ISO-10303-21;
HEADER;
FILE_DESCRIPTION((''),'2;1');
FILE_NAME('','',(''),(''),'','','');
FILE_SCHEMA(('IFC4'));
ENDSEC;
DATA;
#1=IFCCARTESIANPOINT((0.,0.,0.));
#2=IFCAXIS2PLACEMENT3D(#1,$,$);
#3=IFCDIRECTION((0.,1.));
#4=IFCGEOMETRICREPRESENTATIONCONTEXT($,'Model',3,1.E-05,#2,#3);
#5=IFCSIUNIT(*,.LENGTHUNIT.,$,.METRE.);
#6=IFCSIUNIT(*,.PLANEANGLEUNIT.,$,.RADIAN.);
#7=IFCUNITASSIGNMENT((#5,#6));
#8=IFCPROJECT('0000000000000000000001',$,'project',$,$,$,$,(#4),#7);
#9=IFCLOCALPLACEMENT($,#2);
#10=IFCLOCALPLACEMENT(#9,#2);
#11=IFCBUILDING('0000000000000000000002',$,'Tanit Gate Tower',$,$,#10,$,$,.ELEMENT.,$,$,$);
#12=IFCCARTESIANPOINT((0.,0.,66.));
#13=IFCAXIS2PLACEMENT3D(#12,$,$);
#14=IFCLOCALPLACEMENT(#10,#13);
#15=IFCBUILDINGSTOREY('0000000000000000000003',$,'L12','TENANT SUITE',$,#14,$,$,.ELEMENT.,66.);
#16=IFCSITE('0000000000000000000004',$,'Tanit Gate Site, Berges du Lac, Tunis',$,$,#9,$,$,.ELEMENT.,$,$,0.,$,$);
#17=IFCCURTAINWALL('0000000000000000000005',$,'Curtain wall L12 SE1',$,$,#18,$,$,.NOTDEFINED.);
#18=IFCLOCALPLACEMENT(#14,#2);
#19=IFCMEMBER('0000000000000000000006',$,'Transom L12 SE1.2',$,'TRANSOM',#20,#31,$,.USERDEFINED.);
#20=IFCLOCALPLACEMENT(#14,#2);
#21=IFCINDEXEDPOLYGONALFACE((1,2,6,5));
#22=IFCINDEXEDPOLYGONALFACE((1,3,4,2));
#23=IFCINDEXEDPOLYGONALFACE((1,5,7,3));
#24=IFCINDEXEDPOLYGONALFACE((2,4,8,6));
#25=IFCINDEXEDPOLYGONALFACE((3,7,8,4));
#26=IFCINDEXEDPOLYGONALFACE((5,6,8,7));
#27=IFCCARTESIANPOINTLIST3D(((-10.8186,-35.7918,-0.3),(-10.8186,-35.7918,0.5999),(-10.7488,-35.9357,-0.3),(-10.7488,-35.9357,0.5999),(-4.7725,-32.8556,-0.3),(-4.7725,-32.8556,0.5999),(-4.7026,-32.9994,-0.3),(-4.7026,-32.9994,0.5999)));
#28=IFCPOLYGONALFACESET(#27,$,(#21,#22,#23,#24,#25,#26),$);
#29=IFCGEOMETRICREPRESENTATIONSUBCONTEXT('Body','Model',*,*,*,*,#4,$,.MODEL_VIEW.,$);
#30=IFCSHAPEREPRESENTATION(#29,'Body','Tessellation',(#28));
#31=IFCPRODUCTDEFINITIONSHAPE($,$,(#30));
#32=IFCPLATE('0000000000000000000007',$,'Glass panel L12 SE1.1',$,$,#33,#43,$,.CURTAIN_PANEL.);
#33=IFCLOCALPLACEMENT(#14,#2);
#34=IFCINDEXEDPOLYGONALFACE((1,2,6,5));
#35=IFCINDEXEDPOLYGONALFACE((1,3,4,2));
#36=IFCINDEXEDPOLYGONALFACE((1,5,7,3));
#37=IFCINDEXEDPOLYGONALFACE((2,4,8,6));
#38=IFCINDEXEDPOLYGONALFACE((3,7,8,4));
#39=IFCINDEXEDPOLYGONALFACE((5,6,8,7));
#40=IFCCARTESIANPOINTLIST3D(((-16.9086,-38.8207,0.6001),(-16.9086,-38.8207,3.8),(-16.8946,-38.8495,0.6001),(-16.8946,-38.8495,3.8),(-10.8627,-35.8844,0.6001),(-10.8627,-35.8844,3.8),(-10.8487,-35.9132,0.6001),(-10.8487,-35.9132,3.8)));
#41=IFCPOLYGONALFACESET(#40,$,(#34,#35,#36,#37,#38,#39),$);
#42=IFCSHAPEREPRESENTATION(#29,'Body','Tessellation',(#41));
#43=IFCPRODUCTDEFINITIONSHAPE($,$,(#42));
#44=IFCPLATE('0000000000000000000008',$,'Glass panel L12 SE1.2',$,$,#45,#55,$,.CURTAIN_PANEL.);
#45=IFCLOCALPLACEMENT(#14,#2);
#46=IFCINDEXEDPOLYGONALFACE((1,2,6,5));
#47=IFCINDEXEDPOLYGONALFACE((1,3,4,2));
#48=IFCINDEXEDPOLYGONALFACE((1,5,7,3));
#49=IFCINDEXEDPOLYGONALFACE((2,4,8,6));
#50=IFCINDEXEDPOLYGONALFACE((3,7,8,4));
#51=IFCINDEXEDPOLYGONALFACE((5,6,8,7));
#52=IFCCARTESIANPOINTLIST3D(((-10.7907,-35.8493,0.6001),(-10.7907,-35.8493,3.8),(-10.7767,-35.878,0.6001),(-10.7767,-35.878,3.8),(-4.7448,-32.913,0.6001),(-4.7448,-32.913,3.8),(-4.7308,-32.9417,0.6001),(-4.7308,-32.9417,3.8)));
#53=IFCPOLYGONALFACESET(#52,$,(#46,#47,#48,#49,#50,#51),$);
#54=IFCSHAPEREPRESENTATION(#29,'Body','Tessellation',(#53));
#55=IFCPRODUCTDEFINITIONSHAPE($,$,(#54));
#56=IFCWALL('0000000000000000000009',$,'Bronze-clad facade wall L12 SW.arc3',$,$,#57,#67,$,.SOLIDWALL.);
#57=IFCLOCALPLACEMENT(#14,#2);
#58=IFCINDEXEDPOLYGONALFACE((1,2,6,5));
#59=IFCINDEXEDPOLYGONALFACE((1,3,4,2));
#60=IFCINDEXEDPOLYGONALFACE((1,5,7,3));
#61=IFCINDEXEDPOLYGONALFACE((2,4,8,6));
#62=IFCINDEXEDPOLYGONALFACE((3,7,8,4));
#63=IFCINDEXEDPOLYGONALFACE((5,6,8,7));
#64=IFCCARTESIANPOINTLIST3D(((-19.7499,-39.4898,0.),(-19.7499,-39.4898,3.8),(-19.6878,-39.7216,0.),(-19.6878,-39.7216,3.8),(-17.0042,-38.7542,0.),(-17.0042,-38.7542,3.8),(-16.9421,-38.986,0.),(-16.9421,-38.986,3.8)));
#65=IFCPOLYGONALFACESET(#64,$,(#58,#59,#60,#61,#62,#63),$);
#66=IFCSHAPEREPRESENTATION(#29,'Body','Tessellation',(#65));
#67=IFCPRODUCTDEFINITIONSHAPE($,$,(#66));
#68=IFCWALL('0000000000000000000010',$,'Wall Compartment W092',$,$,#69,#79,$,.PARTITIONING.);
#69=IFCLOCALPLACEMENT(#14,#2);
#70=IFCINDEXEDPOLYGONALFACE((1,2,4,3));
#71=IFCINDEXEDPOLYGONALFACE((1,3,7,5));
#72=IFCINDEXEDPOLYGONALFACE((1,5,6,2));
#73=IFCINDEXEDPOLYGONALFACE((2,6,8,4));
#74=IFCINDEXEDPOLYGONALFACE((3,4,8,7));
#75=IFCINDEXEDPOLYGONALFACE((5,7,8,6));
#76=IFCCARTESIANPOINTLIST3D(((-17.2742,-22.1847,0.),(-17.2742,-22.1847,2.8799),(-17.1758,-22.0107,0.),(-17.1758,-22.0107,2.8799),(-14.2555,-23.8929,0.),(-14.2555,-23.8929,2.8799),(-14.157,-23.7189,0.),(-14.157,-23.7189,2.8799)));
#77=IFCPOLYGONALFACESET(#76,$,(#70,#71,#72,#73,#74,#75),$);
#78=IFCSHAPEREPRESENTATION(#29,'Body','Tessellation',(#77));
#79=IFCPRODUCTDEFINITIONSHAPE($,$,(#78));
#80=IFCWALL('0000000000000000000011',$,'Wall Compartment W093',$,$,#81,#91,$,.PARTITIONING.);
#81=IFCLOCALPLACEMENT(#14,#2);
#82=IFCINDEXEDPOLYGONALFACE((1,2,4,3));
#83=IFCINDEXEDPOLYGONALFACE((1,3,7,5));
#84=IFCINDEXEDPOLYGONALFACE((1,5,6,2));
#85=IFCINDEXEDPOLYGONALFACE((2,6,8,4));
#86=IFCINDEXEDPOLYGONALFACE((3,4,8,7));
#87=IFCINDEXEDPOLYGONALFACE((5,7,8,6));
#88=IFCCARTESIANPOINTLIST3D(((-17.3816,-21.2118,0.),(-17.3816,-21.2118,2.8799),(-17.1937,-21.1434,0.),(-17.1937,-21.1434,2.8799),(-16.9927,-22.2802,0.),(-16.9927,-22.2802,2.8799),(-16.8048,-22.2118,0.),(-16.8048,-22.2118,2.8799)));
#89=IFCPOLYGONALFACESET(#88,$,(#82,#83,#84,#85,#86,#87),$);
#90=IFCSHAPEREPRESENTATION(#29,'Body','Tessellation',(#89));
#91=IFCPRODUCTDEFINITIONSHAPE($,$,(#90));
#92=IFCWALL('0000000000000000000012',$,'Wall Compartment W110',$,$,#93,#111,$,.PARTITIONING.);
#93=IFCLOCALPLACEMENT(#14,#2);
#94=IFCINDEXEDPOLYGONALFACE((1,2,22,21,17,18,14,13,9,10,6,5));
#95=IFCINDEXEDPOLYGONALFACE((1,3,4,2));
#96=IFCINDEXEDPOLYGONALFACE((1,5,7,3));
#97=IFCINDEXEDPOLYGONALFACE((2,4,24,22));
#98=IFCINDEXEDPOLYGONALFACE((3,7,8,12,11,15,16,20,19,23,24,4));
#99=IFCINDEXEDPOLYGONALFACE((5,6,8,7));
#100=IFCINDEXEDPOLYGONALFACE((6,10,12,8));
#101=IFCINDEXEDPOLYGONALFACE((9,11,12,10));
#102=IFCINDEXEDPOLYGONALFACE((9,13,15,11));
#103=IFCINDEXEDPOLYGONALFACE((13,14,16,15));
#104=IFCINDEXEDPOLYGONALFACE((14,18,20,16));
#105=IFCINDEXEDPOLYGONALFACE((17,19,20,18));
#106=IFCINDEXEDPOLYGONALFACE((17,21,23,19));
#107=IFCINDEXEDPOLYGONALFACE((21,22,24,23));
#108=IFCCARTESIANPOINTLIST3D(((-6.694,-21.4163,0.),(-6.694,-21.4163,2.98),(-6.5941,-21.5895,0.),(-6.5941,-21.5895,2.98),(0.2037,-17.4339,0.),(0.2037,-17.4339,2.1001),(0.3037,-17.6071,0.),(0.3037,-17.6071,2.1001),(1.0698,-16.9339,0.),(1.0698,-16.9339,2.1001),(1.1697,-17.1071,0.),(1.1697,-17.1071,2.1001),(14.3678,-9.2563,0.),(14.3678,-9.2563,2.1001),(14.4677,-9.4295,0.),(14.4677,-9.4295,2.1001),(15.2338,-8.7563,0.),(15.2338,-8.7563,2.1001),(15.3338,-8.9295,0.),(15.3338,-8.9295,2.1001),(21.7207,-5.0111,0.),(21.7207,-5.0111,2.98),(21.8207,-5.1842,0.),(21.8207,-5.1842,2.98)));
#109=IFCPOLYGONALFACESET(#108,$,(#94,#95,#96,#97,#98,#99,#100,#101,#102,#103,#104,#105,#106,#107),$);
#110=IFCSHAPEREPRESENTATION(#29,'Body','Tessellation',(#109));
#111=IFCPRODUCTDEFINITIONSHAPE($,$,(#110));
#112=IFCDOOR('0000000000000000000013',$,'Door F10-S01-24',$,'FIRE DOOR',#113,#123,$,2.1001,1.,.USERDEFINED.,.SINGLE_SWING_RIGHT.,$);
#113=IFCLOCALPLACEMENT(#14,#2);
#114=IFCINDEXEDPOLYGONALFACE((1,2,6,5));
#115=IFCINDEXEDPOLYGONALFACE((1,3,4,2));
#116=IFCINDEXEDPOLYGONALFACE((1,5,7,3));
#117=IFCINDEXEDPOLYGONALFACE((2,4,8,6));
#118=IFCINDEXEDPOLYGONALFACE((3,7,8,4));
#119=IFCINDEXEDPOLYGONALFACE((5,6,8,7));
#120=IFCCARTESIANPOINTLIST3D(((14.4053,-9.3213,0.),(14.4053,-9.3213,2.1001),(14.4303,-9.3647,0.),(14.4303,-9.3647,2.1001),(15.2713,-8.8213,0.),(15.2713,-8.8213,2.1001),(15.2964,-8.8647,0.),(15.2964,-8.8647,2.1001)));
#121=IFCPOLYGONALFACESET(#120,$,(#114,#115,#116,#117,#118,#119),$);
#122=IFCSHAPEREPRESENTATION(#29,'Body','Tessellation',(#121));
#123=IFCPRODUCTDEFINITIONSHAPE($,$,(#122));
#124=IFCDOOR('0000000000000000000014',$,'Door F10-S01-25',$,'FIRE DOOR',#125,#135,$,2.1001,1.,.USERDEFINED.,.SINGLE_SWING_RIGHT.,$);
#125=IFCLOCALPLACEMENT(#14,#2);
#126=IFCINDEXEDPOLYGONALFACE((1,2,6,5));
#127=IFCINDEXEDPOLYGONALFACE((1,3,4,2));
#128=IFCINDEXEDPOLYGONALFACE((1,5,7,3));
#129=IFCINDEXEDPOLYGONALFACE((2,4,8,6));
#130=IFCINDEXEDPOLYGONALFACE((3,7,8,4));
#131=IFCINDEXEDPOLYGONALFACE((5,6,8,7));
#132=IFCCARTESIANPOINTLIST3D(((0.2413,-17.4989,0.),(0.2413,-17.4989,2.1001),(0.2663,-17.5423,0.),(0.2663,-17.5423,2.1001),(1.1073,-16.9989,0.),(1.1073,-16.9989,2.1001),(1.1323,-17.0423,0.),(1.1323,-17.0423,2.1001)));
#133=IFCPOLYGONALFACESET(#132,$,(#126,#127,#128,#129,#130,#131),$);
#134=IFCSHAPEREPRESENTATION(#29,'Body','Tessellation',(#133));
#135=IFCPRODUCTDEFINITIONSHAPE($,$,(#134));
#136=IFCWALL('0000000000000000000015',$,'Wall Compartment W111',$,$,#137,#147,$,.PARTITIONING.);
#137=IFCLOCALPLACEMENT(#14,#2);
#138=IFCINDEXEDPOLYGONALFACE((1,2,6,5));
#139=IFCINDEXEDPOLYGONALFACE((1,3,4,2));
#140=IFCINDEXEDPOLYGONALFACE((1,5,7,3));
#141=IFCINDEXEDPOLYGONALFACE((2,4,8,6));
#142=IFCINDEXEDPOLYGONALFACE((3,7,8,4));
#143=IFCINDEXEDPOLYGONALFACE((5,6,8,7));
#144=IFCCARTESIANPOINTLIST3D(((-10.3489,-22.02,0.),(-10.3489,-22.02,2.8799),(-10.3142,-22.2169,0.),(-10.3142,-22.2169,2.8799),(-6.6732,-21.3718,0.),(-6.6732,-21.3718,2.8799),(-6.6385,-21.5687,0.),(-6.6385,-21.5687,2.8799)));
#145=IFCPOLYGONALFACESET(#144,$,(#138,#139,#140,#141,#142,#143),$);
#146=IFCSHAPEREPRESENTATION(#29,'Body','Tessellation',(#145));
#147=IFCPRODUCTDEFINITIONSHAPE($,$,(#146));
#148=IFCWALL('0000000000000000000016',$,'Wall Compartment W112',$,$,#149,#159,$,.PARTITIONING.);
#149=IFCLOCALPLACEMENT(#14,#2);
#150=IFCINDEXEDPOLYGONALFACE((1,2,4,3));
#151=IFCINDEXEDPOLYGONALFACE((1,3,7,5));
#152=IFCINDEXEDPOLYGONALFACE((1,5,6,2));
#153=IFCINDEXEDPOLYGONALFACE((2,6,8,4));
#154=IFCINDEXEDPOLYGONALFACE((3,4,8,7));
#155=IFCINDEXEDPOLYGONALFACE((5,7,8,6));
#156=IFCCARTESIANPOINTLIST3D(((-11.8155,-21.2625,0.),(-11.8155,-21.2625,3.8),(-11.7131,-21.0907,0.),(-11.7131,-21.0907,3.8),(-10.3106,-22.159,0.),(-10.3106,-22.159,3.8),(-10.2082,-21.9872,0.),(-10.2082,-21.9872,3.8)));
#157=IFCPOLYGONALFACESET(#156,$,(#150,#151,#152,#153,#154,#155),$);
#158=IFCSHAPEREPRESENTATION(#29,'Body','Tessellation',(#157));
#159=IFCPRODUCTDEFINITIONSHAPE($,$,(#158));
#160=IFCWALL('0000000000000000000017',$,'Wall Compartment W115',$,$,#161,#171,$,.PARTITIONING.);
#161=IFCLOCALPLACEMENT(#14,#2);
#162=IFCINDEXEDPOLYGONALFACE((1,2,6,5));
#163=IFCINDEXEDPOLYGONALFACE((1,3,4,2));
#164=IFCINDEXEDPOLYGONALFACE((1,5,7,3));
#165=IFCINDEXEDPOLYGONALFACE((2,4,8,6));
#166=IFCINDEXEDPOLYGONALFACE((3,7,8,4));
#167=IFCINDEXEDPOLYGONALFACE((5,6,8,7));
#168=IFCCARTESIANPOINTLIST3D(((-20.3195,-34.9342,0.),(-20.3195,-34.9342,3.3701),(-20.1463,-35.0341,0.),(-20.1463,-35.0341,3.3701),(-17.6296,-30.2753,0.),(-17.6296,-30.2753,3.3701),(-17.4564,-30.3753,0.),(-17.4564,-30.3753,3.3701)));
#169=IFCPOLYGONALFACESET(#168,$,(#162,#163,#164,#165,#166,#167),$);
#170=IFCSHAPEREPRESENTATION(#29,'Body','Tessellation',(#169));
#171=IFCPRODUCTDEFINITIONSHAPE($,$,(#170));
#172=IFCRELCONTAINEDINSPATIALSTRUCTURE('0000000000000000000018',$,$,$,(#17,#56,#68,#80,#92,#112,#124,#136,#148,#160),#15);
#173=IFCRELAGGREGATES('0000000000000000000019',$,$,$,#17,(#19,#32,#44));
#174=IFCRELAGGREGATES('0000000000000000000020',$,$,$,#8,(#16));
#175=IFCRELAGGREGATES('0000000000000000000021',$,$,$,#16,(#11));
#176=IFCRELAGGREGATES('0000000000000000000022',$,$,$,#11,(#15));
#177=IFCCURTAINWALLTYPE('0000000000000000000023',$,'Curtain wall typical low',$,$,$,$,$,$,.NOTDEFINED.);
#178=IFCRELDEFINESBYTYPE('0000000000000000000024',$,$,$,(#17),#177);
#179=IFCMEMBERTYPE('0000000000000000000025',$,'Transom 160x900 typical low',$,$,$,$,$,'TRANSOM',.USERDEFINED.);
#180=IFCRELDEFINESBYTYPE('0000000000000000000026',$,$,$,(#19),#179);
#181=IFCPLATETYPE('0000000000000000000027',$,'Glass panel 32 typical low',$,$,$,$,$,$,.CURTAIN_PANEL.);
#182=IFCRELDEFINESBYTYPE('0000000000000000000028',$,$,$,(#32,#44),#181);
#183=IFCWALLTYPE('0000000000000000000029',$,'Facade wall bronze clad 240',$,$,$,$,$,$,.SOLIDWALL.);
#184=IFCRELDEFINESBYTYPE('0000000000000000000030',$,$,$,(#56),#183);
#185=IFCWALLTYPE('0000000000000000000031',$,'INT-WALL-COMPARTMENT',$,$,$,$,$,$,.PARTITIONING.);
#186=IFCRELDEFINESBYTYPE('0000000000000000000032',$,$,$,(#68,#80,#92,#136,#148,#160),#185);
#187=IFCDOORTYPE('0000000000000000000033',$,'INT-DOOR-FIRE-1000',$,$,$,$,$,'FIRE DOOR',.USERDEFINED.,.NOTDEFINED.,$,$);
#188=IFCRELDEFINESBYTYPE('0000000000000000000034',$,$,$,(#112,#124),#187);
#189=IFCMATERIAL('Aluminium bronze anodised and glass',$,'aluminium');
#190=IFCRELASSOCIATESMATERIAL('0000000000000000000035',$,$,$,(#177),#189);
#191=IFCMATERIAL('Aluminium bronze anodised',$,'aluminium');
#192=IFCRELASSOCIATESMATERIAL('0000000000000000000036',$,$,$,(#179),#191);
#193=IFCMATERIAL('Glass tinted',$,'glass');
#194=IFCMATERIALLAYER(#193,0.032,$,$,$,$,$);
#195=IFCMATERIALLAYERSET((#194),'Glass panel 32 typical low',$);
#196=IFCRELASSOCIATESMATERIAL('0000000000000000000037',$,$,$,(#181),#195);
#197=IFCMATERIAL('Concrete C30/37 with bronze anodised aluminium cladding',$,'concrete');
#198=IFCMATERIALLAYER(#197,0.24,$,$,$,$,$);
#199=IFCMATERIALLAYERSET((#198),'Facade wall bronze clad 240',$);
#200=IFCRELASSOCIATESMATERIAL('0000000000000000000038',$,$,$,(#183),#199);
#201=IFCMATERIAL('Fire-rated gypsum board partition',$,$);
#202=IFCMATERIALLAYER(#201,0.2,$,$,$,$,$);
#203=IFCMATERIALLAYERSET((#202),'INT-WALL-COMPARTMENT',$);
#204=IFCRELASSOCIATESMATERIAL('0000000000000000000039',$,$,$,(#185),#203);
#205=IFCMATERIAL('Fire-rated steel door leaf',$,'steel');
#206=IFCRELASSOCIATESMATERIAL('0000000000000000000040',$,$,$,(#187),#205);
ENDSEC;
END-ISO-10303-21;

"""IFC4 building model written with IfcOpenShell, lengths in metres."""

from ifc_helpers import new_model, si_unit, direction, frame, frame_2d, origin, origin_2d, place, context, subcontext, project, spatial, rectangle, extrude, material, layer, layer_set, material_profile, profile_set, type_object, element, fill, aggregate, save


model = new_model("IFC4")

# Units and contexts
model_context = context("Model", 3, precision=1e-05, world=origin(), true_north=direction((0.0, 1.0)))
body_context = subcontext(model_context, "Body", "Model", "MODEL_VIEW")
ifc_project = project(units=[si_unit("LENGTHUNIT", "METRE"), si_unit("PLANEANGLEUNIT", "RADIAN")], contexts=[model_context])

# Site, building, storey
site_placement = place(None, origin())
site = spatial("IfcSite", under=ifc_project, at=site_placement, Name="Tanit Gate Site, Berges du Lac, Tunis", CompositionType="ELEMENT", RefElevation=0.0)
building_placement = place(site_placement, origin())
building = spatial("IfcBuilding", under=site, at=building_placement, Name="Tanit Gate Tower", CompositionType="ELEMENT")
storey_placement = place(building_placement, frame((0.0, 0.0, 66.0)))
storey = spatial("IfcBuildingStorey", under=building, at=storey_placement, Name="L12", Description="TENANT SUITE", CompositionType="ELEMENT", Elevation=66.0)

# Curtain wall
ifc_material_1 = material(Name="Aluminium bronze anodised and glass", Category="aluminium")
curtain_wall_type = type_object("IfcCurtainWallType", Name="Curtain wall typical low", PredefinedType="NOTDEFINED", material=ifc_material_1)
curtain_wall_placement = place(storey_placement, origin())
curtain_wall = element("IfcCurtainWall", 1, at=curtain_wall_placement, inside=storey, type_object=curtain_wall_type, Name="Curtain wall L12 SE1", PredefinedType="NOTDEFINED")

# Member
ifc_material_2 = material(Name="Aluminium bronze anodised", Category="aluminium")
ifc_material_profile_1 = material_profile(ifc_material_2, rectangle(XDim=0.1599, YDim=0.8999, at=origin_2d()), Name="160x900 bronze transom")
ifc_profile_set_1 = profile_set([ifc_material_profile_1], Name="Aluminium bronze anodised")
member_type_1 = type_object("IfcMemberType", Name="Transom 160x900 typical low", ElementType="TRANSOM", PredefinedType="USERDEFINED", material=ifc_profile_set_1)
member_1_placement = place(storey_placement, frame((-10.7837, -35.8638, 0.1499), z_axis=(0.899533, 0.436854, 0.0), x_axis=(-0.436854, 0.899533, 0.0)))
member_1 = element("IfcMember", 2, at=member_1_placement, type_object=member_type_1, Name="Transom L12 SE1.2", ObjectType="TRANSOM", PredefinedType="USERDEFINED", context=body_context, shape_type="SweptSolid", body=[
    extrude(rectangle(XDim=0.1599, YDim=0.8999, at=origin_2d()), origin(), (0.0, 0.0, 1.0), 6.7214),
])

# Plates
ifc_material_3 = material(Name="Glass tinted", Category="glass")
ifc_layer_1 = layer(ifc_material_3, 0.032)
ifc_layer_set_1 = layer_set([ifc_layer_1], Name="Glass panel 32 typical low")
plate_type = type_object("IfcPlateType", Name="Glass panel 32 typical low", PredefinedType="CURTAIN_PANEL", material=ifc_layer_set_1)
plate_1_placement = place(storey_placement, frame((-13.8787, -37.3669, 0.6001), z_axis=(0.0, 0.0, 1.0), x_axis=(0.899523, 0.436873, 0.0)))
plate_1 = element("IfcPlate", 3, at=plate_1_placement, type_object=plate_type, Name="Glass panel L12 SE1.1", PredefinedType="CURTAIN_PANEL", context=body_context, shape_type="SweptSolid", body=[
    extrude(rectangle(XDim=6.7212, YDim=0.032, at=origin_2d()), origin(), (0.0, 0.0, 1.0), 3.2),
])
plate_2_placement = place(storey_placement, frame((-7.7607, -34.3955, 0.6001), z_axis=(0.0, 0.0, 1.0), x_axis=(0.899523, 0.436873, 0.0)))
plate_2 = element("IfcPlate", 4, at=plate_2_placement, type_object=plate_type, Name="Glass panel L12 SE1.2", PredefinedType="CURTAIN_PANEL", context=body_context, shape_type="SweptSolid", body=[
    extrude(rectangle(XDim=6.7212, YDim=0.032, at=origin_2d()), origin(), (0.0, 0.0, 1.0), 3.2),
])
aggregate(curtain_wall, [member_1, plate_1, plate_2])

# Walls
ifc_material_4 = material(Name="Concrete C30/37 with bronze anodised aluminium cladding", Category="concrete")
ifc_layer_2 = layer(ifc_material_4, 0.24)
ifc_layer_set_2 = layer_set([ifc_layer_2], Name="Facade wall bronze clad 240")
wall_type_1 = type_object("IfcWallType", Name="Facade wall bronze clad 240", PredefinedType="SOLIDWALL", material=ifc_layer_set_2)
wall_1_placement = place(storey_placement, frame((-19.719, -39.6057, 0.0), z_axis=(0.0, 0.0, 1.0), x_axis=(0.965933, 0.25879, 0.0)))
element("IfcWall", 5, at=wall_1_placement, inside=storey, type_object=wall_type_1, Name="Bronze-clad facade wall L12 SW.arc3", PredefinedType="SOLIDWALL", context=body_context, shape_type="SweptSolid", body=[
    extrude(rectangle(XDim=2.8425, YDim=0.24, at=frame_2d((1.4214, 0.0))), origin(), (0.0, 0.0, 1.0), 3.8),
])
ifc_material_5 = material(Name="Fire-rated gypsum board partition")
ifc_layer_3 = layer(ifc_material_5, 0.2)
ifc_layer_set_3 = layer_set([ifc_layer_3], Name="INT-WALL-COMPARTMENT")
wall_type_2 = type_object("IfcWallType", Name="INT-WALL-COMPARTMENT", PredefinedType="PARTITIONING", material=ifc_layer_set_3)
wall_2_placement = place(storey_placement, frame((-17.2251, -22.0977, 0.0), z_axis=(0.0, 0.0, 1.0), x_axis=(0.870319, -0.492489, 0.0)))
element("IfcWall", 6, at=wall_2_placement, inside=storey, type_object=wall_type_2, Name="Wall Compartment W092", PredefinedType="PARTITIONING", context=body_context, shape_type="SweptSolid", body=[
    extrude(rectangle(XDim=3.4685, YDim=0.2, at=frame_2d((1.7344, 0.0))), origin(), (0.0, 0.0, 1.0), 2.8799),
])
wall_3_placement = place(storey_placement, frame((-17.2876, -21.1777, 0.0), z_axis=(0.0, 0.0, 1.0), x_axis=(0.342071, -0.939674, 0.0)))
element("IfcWall", 7, at=wall_3_placement, inside=storey, type_object=wall_type_2, Name="Wall Compartment W093", PredefinedType="PARTITIONING", context=body_context, shape_type="SweptSolid", body=[
    extrude(rectangle(XDim=1.137, YDim=0.2, at=frame_2d((0.5684, 0.0))), origin(), (0.0, 0.0, 1.0), 2.8799),
])

# Wall, openings, doors
wall_4_placement = place(storey_placement, frame((-6.644, -21.5029, 0.0), z_axis=(0.0, 0.0, 1.0), x_axis=(0.866026, 0.5, 0.0)))
wall_4 = element("IfcWall", 8, at=wall_4_placement, inside=storey, type_object=wall_type_2, Name="Wall Compartment W110", PredefinedType="PARTITIONING", context=body_context, shape_type="SweptSolid", body=[
    extrude(rectangle(XDim=32.8105, YDim=0.2, at=frame_2d((16.4053, 0.0))), origin(), (0.0, 0.0, 1.0), 2.98),
])
opening_1_placement = place(wall_4_placement, frame((24.3201, 0.0, 0.0)))
opening_1 = element("IfcOpeningElement", 9, at=opening_1_placement, cuts=wall_4, PredefinedType="OPENING", context=body_context, shape_type="SweptSolid", body=[
    extrude(rectangle(XDim=1.0, YDim=2.1001, at=frame_2d((0.5, 1.05))), frame((0.0, 0.1099, 0.0), z_axis=(0.0, -1.0, 0.0), x_axis=(1.0, 0.0, 0.0)), (0.0, 0.0, 1.0), 0.22),
])
opening_2_placement = place(wall_4_placement, frame((7.9648, 0.0, 0.0)))
opening_2 = element("IfcOpeningElement", 10, at=opening_2_placement, cuts=wall_4, PredefinedType="OPENING", context=body_context, shape_type="SweptSolid", body=[
    extrude(rectangle(XDim=1.0, YDim=2.1001, at=frame_2d((0.5, 1.05))), frame((0.0, 0.1099, 0.0), z_axis=(0.0, -1.0, 0.0), x_axis=(1.0, 0.0, 0.0)), (0.0, 0.0, 1.0), 0.22),
])
ifc_material_6 = material(Name="Fire-rated steel door leaf", Category="steel")
door_type = type_object("IfcDoorType", Name="INT-DOOR-FIRE-1000", ElementType="FIRE DOOR", OperationType="NOTDEFINED", PredefinedType="USERDEFINED", material=ifc_material_6)
door_1_placement = place(opening_1_placement, origin())
door_1 = element("IfcDoor", 11, at=door_1_placement, inside=storey, type_object=door_type, Name="Door F10-S01-24", ObjectType="FIRE DOOR", OperationType="SINGLE_SWING_RIGHT", OverallHeight=2.1001, OverallWidth=1.0, PredefinedType="USERDEFINED", context=body_context, shape_type="SweptSolid", body=[
    extrude(rectangle(XDim=1.0, YDim=2.1001, at=frame_2d((0.5, 1.05))), frame((0.0, 0.0249, 0.0), z_axis=(0.0, -1.0, 0.0), x_axis=(1.0, 0.0, 0.0)), (0.0, 0.0, 1.0), 0.05),
])
fill(opening_1, door_1)
door_2_placement = place(opening_2_placement, origin())
door_2 = element("IfcDoor", 12, at=door_2_placement, inside=storey, type_object=door_type, Name="Door F10-S01-25", ObjectType="FIRE DOOR", OperationType="SINGLE_SWING_RIGHT", OverallHeight=2.1001, OverallWidth=1.0, PredefinedType="USERDEFINED", context=body_context, shape_type="SweptSolid", body=[
    extrude(rectangle(XDim=1.0, YDim=2.1001, at=frame_2d((0.5, 1.05))), frame((0.0, 0.0249, 0.0), z_axis=(0.0, -1.0, 0.0), x_axis=(1.0, 0.0, 0.0)), (0.0, 0.0, 1.0), 0.05),
])
fill(opening_2, door_2)

# Walls
wall_5_placement = place(storey_placement, frame((-10.3315, -22.1184, 0.0), z_axis=(0.0, 0.0, 1.0), x_axis=(0.984805, 0.173662, 0.0)))
element("IfcWall", 13, at=wall_5_placement, inside=storey, type_object=wall_type_2, Name="Wall Compartment W111", PredefinedType="PARTITIONING", context=body_context, shape_type="SweptSolid", body=[
    extrude(rectangle(XDim=3.7324, YDim=0.2, at=frame_2d((1.8662, 0.0))), origin(), (0.0, 0.0, 1.0), 2.8799),
])
wall_6_placement = place(storey_placement, frame((-11.7644, -21.1765, 0.0), z_axis=(0.0, 0.0, 1.0), x_axis=(0.859112, -0.511788, 0.0)))
element("IfcWall", 14, at=wall_6_placement, inside=storey, type_object=wall_type_2, Name="Wall Compartment W112", PredefinedType="PARTITIONING", context=body_context, shape_type="SweptSolid", body=[
    extrude(rectangle(XDim=1.7517, YDim=0.2, at=frame_2d((0.876, 0.0))), origin(), (0.0, 0.0, 1.0), 3.8),
])
wall_7_placement = place(storey_placement, frame((-17.543, -30.3252, 0.0), z_axis=(0.0, 0.0, 1.0), x_axis=(-0.500014, -0.866017, 0.0)))
element("IfcWall", 15, at=wall_7_placement, inside=storey, type_object=wall_type_2, Name="Wall Compartment W115", PredefinedType="PARTITIONING", context=body_context, shape_type="SweptSolid", body=[
    extrude(rectangle(XDim=5.3796, YDim=0.2, at=frame_2d((2.6899, 0.0))), origin(), (0.0, 0.0, 1.0), 3.3701),
])

save(model, "model.ifc")
